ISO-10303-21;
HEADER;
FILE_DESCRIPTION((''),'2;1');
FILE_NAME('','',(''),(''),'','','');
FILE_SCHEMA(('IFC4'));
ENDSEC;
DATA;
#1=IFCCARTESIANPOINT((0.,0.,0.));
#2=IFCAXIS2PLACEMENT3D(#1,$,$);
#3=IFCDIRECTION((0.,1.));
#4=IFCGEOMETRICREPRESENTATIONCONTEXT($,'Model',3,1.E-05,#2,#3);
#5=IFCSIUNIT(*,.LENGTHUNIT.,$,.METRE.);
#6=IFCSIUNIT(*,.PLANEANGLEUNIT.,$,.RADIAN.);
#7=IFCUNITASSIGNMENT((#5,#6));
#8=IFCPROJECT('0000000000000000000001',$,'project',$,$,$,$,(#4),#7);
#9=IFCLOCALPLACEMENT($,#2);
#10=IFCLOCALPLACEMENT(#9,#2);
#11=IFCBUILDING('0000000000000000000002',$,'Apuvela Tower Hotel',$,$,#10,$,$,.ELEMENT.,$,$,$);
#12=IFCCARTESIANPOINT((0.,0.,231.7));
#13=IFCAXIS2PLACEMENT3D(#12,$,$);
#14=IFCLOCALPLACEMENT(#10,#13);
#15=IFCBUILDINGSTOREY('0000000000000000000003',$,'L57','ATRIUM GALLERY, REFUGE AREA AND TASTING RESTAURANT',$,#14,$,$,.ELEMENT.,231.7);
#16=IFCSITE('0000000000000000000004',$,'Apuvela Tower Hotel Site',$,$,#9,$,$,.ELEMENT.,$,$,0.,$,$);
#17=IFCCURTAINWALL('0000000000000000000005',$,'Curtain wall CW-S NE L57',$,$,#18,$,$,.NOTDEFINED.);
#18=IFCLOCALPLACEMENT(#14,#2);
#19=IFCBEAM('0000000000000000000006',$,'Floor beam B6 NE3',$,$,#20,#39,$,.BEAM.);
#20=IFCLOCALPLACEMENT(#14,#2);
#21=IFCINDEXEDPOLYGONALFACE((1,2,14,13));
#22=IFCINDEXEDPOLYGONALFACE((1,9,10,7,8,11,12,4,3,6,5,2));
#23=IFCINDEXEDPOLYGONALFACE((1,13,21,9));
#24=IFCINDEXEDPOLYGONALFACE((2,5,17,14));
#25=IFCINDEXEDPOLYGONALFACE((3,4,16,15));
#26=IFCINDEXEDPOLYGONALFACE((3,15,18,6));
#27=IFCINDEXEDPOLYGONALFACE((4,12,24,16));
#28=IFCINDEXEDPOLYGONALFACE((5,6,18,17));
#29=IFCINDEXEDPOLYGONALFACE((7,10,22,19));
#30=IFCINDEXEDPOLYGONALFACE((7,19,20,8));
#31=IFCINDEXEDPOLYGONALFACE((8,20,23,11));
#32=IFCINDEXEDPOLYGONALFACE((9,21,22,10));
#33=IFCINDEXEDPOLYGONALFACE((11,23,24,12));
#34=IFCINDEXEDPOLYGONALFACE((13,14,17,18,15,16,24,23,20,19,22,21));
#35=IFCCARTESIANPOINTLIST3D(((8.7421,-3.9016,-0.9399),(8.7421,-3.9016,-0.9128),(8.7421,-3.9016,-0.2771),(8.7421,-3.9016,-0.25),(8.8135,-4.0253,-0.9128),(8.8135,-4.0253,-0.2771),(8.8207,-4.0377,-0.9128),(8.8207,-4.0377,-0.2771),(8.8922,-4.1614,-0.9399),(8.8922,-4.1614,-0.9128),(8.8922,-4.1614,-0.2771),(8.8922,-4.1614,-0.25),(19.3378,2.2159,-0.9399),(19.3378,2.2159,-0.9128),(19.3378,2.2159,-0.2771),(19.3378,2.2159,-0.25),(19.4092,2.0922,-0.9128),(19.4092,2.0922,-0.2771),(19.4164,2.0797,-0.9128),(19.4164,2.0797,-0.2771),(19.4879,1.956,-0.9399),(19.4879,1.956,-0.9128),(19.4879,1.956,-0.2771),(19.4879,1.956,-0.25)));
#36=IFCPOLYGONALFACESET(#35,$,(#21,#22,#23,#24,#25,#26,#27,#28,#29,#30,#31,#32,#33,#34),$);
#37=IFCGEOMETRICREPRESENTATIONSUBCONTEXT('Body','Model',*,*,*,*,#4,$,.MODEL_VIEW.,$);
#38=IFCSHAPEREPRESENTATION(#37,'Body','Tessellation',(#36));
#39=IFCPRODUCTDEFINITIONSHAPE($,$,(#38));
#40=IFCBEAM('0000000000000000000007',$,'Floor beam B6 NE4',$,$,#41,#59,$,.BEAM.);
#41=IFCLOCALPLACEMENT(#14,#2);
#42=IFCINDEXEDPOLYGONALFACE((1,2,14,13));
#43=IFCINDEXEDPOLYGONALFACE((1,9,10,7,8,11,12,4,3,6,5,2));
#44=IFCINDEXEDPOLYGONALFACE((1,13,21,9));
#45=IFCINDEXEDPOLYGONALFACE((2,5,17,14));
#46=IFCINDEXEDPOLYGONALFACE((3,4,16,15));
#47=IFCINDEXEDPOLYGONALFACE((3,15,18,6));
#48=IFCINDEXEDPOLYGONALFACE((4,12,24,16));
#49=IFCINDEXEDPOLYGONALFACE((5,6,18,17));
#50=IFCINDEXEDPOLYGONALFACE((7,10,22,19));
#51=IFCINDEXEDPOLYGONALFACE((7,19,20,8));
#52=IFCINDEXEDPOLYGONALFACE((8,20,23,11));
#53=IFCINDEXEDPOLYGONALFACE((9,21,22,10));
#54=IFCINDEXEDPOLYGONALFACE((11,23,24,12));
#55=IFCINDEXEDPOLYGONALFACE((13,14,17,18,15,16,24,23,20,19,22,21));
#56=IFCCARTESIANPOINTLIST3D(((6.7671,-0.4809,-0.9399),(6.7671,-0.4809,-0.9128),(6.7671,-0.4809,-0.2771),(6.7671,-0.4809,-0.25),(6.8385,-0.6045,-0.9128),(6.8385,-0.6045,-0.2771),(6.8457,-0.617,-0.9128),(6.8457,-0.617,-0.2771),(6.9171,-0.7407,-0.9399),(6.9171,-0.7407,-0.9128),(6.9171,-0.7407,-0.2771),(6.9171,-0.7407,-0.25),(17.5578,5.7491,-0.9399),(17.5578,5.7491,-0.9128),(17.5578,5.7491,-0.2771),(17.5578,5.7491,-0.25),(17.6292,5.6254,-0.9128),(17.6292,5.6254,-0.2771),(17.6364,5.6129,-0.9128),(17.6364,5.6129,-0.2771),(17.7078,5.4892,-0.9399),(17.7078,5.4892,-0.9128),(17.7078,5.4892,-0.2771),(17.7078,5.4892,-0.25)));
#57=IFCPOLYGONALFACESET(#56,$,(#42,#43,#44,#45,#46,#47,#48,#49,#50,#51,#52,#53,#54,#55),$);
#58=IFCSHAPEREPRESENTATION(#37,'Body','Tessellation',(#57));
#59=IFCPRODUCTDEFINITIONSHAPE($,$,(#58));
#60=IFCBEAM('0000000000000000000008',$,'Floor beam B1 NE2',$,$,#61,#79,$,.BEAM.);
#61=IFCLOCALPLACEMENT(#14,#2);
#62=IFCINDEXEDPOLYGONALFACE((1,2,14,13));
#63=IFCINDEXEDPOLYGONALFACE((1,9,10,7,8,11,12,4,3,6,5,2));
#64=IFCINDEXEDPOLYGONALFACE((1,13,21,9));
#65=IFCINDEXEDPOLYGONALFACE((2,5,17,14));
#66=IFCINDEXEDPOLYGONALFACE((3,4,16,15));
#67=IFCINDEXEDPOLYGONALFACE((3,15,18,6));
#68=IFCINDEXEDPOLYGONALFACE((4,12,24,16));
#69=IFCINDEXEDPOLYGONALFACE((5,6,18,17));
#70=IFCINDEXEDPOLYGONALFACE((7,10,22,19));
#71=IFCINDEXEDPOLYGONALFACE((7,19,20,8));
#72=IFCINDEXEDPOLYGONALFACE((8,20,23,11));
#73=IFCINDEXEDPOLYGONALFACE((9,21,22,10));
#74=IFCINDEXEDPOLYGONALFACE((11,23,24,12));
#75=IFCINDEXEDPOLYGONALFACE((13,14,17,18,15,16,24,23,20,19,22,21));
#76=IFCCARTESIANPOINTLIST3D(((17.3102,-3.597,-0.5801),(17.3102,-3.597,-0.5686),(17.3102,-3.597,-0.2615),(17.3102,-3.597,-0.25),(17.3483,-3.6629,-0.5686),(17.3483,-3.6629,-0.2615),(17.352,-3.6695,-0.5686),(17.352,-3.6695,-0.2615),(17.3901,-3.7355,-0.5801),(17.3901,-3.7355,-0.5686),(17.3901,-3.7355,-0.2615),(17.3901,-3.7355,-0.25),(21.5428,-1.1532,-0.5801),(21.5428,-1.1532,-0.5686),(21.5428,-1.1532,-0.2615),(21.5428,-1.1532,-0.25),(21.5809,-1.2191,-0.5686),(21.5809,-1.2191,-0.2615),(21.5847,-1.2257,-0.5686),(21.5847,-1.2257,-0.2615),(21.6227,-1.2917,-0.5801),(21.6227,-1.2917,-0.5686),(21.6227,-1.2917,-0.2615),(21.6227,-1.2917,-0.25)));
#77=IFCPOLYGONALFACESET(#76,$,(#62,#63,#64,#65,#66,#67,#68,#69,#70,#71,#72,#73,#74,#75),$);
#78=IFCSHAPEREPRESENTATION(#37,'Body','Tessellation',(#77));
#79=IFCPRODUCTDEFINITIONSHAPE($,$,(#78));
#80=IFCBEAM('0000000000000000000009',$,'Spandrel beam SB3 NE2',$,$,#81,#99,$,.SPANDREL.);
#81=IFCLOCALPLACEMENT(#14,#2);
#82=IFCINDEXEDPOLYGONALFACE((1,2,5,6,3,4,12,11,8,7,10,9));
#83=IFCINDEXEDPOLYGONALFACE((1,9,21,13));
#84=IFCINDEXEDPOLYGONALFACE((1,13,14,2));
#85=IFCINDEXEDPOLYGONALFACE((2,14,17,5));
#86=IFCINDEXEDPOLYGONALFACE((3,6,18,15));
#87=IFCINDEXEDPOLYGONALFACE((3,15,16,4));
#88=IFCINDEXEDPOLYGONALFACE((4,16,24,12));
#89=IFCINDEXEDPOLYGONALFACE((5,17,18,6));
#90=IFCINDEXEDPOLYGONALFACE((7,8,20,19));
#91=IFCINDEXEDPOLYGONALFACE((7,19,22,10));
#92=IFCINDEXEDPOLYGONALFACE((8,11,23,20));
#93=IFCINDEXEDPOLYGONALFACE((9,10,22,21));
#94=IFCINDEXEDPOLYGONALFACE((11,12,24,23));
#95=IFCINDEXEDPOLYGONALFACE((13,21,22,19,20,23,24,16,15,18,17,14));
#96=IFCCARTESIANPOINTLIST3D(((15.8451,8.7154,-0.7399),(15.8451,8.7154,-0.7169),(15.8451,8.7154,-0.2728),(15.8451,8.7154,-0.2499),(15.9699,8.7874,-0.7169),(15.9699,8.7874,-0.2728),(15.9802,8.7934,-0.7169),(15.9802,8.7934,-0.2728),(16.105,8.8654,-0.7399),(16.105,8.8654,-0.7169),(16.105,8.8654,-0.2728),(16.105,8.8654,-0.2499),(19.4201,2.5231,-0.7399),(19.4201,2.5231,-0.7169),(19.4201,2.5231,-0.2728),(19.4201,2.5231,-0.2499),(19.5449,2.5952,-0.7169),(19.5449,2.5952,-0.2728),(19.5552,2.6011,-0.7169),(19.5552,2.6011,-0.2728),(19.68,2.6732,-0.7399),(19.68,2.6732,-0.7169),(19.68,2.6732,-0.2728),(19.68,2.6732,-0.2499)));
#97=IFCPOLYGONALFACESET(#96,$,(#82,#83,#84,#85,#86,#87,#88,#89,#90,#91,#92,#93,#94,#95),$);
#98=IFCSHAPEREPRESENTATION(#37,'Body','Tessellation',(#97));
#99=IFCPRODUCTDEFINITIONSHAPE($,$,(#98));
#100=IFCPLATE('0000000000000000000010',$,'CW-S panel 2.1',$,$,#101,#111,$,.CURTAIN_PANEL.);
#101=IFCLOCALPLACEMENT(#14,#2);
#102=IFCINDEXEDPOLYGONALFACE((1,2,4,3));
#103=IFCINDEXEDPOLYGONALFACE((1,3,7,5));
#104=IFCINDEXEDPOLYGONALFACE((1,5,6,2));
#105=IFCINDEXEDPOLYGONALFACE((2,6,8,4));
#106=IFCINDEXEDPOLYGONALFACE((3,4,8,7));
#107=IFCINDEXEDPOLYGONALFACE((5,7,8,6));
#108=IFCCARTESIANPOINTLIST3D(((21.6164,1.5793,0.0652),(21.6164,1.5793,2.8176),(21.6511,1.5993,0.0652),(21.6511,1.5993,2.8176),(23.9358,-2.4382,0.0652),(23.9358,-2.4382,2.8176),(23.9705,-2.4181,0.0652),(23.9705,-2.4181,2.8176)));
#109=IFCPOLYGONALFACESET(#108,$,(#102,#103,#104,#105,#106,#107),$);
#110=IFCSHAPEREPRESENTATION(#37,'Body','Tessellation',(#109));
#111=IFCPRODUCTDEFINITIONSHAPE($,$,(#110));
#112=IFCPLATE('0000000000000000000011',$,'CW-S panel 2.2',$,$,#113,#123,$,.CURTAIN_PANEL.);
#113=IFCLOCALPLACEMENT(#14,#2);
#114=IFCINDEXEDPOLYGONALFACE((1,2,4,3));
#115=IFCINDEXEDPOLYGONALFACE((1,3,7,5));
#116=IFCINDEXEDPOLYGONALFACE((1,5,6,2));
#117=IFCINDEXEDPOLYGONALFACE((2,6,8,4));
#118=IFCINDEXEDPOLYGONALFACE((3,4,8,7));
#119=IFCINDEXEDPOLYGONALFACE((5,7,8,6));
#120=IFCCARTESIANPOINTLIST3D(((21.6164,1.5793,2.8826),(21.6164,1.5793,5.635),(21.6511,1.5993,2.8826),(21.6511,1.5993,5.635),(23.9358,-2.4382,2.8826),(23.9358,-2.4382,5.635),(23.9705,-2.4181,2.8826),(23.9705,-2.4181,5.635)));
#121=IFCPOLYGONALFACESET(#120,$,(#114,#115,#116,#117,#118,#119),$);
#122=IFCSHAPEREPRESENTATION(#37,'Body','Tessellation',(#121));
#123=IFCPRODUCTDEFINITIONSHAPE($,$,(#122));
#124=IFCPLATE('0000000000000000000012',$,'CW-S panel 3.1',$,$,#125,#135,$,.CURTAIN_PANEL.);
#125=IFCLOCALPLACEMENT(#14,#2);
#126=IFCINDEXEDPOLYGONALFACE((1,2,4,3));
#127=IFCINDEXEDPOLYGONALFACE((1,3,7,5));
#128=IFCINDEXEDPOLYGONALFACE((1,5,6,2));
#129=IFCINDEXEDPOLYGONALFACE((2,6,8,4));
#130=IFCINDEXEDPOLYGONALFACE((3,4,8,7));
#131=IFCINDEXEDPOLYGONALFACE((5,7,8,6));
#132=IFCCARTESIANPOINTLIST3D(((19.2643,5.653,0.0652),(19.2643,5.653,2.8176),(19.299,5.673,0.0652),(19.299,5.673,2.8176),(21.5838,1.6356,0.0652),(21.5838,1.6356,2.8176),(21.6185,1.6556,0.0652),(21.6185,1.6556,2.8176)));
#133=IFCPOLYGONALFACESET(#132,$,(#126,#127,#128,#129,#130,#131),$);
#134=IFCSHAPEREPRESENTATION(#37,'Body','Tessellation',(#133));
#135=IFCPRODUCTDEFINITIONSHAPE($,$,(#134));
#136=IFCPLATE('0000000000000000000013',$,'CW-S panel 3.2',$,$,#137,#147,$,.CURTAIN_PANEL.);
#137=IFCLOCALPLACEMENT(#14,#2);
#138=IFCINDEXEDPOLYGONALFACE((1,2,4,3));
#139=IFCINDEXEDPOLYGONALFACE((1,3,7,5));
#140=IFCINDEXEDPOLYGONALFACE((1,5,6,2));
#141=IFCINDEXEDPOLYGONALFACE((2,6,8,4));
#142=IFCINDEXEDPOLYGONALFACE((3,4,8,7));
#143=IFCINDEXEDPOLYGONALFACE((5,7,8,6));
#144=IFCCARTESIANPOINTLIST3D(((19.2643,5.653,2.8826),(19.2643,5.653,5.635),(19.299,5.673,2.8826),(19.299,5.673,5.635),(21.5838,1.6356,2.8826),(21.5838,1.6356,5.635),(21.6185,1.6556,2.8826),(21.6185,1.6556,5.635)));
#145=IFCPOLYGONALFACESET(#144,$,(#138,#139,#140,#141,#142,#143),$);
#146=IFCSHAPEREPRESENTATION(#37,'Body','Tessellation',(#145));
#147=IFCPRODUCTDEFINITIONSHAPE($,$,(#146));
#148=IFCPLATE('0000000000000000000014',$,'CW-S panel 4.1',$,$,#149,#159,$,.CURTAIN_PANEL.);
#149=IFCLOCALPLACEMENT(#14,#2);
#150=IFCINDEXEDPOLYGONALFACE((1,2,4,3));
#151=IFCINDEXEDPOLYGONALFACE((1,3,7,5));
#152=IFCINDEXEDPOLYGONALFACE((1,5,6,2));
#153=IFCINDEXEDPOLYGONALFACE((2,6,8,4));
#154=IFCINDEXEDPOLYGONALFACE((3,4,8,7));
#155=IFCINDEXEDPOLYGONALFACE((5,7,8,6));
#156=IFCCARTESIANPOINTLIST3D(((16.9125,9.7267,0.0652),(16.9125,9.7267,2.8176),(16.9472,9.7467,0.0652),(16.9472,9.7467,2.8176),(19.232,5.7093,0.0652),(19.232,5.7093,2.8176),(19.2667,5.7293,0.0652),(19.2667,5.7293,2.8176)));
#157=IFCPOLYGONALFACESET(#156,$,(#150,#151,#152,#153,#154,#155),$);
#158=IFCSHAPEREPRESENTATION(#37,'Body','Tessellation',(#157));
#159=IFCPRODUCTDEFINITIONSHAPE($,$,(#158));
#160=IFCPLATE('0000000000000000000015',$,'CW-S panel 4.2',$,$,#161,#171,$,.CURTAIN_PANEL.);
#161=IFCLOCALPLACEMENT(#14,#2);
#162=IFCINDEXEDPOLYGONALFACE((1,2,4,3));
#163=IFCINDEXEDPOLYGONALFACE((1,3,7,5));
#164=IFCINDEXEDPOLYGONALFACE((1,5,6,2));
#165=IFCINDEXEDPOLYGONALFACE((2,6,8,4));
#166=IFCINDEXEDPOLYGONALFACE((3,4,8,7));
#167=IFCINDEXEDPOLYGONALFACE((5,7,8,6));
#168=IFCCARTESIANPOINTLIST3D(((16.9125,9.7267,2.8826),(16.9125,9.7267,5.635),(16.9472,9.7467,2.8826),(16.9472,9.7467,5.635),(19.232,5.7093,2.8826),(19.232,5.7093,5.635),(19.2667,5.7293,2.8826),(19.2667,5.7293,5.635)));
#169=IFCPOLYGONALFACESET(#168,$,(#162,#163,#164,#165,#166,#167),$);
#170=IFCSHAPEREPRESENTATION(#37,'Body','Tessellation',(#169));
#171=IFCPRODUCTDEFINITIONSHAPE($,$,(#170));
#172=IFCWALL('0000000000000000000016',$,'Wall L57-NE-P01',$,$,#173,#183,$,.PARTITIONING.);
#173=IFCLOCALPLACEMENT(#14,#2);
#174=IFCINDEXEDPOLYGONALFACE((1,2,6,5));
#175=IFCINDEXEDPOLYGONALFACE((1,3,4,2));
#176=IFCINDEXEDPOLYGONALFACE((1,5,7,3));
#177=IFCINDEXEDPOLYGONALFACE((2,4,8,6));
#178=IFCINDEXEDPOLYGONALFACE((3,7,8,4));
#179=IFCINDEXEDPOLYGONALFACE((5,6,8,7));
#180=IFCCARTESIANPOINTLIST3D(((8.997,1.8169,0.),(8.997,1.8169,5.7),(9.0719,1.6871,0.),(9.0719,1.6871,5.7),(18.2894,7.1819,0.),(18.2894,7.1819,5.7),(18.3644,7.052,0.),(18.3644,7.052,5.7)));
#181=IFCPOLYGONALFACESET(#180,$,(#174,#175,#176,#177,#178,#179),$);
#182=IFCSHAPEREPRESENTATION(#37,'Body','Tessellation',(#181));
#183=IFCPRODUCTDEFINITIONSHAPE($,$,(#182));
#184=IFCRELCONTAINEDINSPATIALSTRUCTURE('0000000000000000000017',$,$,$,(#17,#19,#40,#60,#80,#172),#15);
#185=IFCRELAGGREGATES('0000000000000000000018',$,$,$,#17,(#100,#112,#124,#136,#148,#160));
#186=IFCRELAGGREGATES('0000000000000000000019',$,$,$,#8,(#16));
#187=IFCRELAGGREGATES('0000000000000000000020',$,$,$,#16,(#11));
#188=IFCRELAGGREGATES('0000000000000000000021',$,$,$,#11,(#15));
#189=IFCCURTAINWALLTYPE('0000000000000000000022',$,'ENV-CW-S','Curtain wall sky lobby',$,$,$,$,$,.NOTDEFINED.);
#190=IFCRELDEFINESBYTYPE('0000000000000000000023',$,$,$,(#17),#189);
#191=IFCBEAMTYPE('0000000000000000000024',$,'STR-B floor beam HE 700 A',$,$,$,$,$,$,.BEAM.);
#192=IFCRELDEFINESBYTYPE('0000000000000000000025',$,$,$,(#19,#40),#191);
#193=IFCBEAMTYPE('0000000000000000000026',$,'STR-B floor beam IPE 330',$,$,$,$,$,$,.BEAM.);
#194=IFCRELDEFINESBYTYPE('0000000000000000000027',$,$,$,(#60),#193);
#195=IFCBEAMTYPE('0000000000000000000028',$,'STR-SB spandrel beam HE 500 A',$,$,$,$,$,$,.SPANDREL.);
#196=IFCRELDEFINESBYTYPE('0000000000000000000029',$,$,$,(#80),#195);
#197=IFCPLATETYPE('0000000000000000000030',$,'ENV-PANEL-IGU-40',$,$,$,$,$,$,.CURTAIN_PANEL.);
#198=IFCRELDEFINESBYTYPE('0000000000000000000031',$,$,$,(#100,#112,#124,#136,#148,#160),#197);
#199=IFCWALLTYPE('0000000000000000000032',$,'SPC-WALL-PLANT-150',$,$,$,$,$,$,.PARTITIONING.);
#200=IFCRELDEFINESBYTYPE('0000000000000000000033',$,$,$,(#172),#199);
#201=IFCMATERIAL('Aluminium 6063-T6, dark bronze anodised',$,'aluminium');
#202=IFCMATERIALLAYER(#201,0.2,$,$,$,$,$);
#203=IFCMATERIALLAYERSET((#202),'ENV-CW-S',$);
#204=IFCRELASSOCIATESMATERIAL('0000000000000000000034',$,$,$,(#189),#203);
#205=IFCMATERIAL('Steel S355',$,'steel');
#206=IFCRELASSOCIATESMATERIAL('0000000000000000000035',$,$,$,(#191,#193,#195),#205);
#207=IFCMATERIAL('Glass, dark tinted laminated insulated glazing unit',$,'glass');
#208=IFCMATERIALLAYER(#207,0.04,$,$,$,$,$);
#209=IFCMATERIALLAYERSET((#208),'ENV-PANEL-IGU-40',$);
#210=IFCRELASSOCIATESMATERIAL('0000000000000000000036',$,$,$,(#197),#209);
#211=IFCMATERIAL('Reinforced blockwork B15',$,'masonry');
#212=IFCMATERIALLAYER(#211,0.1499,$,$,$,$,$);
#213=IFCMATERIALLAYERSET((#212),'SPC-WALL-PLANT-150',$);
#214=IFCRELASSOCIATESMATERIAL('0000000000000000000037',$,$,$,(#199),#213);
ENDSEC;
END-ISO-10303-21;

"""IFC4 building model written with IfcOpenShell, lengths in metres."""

from ifc_helpers import new_model, si_unit, direction, frame, frame_2d, origin, origin_2d, place, context, subcontext, project, spatial, rectangle, i_section, extrude, material, layer, layer_set, material_profile, profile_set, type_object, element, aggregate, save


model = new_model("IFC4")

# Units and contexts
model_context = context("Model", 3, precision=1e-05, world=origin(), true_north=direction((0.0, 1.0)))
body_context = subcontext(model_context, "Body", "Model", "MODEL_VIEW")
ifc_project = project(units=[si_unit("LENGTHUNIT", "METRE"), si_unit("PLANEANGLEUNIT", "RADIAN")], contexts=[model_context])

# Site, building, storey
site_placement = place(None, origin())
site = spatial("IfcSite", under=ifc_project, at=site_placement, Name="Apuvela Tower Hotel Site", CompositionType="ELEMENT", RefElevation=0.0)
building_placement = place(site_placement, origin())
building = spatial("IfcBuilding", under=site, at=building_placement, Name="Apuvela Tower Hotel", CompositionType="ELEMENT")
storey_placement = place(building_placement, frame((0.0, 0.0, 231.7)))
storey = spatial("IfcBuildingStorey", under=building, at=storey_placement, Name="L57", Description="ATRIUM GALLERY, REFUGE AREA AND TASTING RESTAURANT", CompositionType="ELEMENT", Elevation=231.7)

# Curtain wall
ifc_material_1 = material(Name="Aluminium 6063-T6, dark bronze anodised", Category="aluminium")
ifc_layer_1 = layer(ifc_material_1, 0.2)
ifc_layer_set_1 = layer_set([ifc_layer_1], Name="ENV-CW-S")
curtain_wall_type = type_object("IfcCurtainWallType", Name="ENV-CW-S", Description="Curtain wall sky lobby", PredefinedType="NOTDEFINED", material=ifc_layer_set_1)
curtain_wall_placement = place(storey_placement, origin())
curtain_wall = element("IfcCurtainWall", 1, at=curtain_wall_placement, inside=storey, type_object=curtain_wall_type, Name="Curtain wall CW-S NE L57", PredefinedType="NOTDEFINED")

# Beams
ifc_material_2 = material(Name="Steel S355", Category="steel")
ifc_material_profile_1 = material_profile(ifc_material_2, i_section(OverallWidth=0.3, OverallDepth=0.6899, WebThickness=0.0144, FlangeThickness=0.0271, at=origin_2d()), Name="HE 700 A")
ifc_profile_set_1 = profile_set([ifc_material_profile_1], Name="Steel S355")
beam_type_1 = type_object("IfcBeamType", Name="STR-B floor beam HE 700 A", PredefinedType="BEAM", material=ifc_profile_set_1)
beam_1_placement = place(storey_placement, frame((19.4128, 2.0859, -0.595), z_axis=(-0.866025, -0.5, 0.0), x_axis=(0.5, -0.866025, 0.0)))
element("IfcBeam", 2, at=beam_1_placement, inside=storey, type_object=beam_type_1, Name="Floor beam B6 NE3", PredefinedType="BEAM", context=body_context, shape_type="SweptSolid", body=[
    extrude(i_section(OverallWidth=0.3, OverallDepth=0.6899, WebThickness=0.0144, FlangeThickness=0.0271, at=origin_2d()), origin(), (0.0, 0.0, 1.0), 12.2349),
])
beam_2_placement = place(storey_placement, frame((17.6328, 5.6191, -0.595), z_axis=(-0.866028, -0.499996, 0.0), x_axis=(0.499996, -0.866028, 0.0)))
element("IfcBeam", 3, at=beam_2_placement, inside=storey, type_object=beam_type_1, Name="Floor beam B6 NE4", PredefinedType="BEAM", context=body_context, shape_type="SweptSolid", body=[
    extrude(i_section(OverallWidth=0.3, OverallDepth=0.6899, WebThickness=0.0144, FlangeThickness=0.0271, at=origin_2d()), origin(), (0.0, 0.0, 1.0), 12.46),
])
ifc_material_profile_2 = material_profile(ifc_material_2, i_section(OverallWidth=0.1599, OverallDepth=0.3301, WebThickness=0.0076, FlangeThickness=0.0115, at=origin_2d()), Name="IPE 330")
ifc_profile_set_2 = profile_set([ifc_material_profile_2], Name="Steel S355")
beam_type_2 = type_object("IfcBeamType", Name="STR-B floor beam IPE 330", PredefinedType="BEAM", material=ifc_profile_set_2)
beam_3_placement = place(storey_placement, frame((21.5828, -1.2224, -0.415), z_axis=(-0.866015, -0.500018, 0.0), x_axis=(0.500018, -0.866015, 0.0)))
element("IfcBeam", 4, at=beam_3_placement, inside=storey, type_object=beam_type_2, Name="Floor beam B1 NE2", PredefinedType="BEAM", context=body_context, shape_type="SweptSolid", body=[
    extrude(i_section(OverallWidth=0.1599, OverallDepth=0.3301, WebThickness=0.0076, FlangeThickness=0.0115, at=origin_2d()), origin(), (0.0, 0.0, 1.0), 4.8875),
])
ifc_material_profile_3 = material_profile(ifc_material_2, i_section(OverallWidth=0.3, OverallDepth=0.49, WebThickness=0.012, FlangeThickness=0.0229, at=origin_2d()), Name="HE 500 A")
ifc_profile_set_3 = profile_set([ifc_material_profile_3], Name="Steel S355")
beam_type_3 = type_object("IfcBeamType", Name="STR-SB spandrel beam HE 500 A", PredefinedType="SPANDREL", material=ifc_profile_set_3)
beam_4_placement = place(storey_placement, frame((19.55, 2.5981, -0.4949), z_axis=(-0.499991, 0.86603, 0.0), x_axis=(-0.86603, -0.499991, 0.0)))
element("IfcBeam", 5, at=beam_4_placement, inside=storey, type_object=beam_type_3, Name="Spandrel beam SB3 NE2", PredefinedType="SPANDREL", context=body_context, shape_type="SweptSolid", body=[
    extrude(i_section(OverallWidth=0.3, OverallDepth=0.49, WebThickness=0.012, FlangeThickness=0.0229, at=origin_2d()), origin(), (0.0, 0.0, 1.0), 7.1501),
])

# Plates
ifc_material_3 = material(Name="Glass, dark tinted laminated insulated glazing unit", Category="glass")
ifc_layer_2 = layer(ifc_material_3, 0.04)
ifc_layer_set_2 = layer_set([ifc_layer_2], Name="ENV-PANEL-IGU-40")
plate_type = type_object("IfcPlateType", Name="ENV-PANEL-IGU-40", PredefinedType="CURTAIN_PANEL", material=ifc_layer_set_2)
plate_1_placement = place(storey_placement, frame((22.7935, -0.4194, 0.0652), z_axis=(0.0, 0.0, 1.0), x_axis=(-0.499999, 0.866026, 0.0)))
plate_1 = element("IfcPlate", 6, at=plate_1_placement, type_object=plate_type, Name="CW-S panel 2.1", PredefinedType="CURTAIN_PANEL", context=body_context, shape_type="SweptSolid", body=[
    extrude(rectangle(XDim=4.6389, YDim=0.04, at=origin_2d()), origin(), (0.0, 0.0, 1.0), 2.7524),
])
plate_2_placement = place(storey_placement, frame((22.7935, -0.4194, 2.8826), z_axis=(0.0, 0.0, 1.0), x_axis=(-0.499999, 0.866026, 0.0)))
plate_2 = element("IfcPlate", 7, at=plate_2_placement, type_object=plate_type, Name="CW-S panel 2.2", PredefinedType="CURTAIN_PANEL", context=body_context, shape_type="SweptSolid", body=[
    extrude(rectangle(XDim=4.6389, YDim=0.04, at=origin_2d()), origin(), (0.0, 0.0, 1.0), 2.7524),
])
plate_3_placement = place(storey_placement, frame((20.4414, 3.6543, 0.0652), z_axis=(0.0, 0.0, 1.0), x_axis=(-0.499999, 0.866026, 0.0)))
plate_3 = element("IfcPlate", 8, at=plate_3_placement, type_object=plate_type, Name="CW-S panel 3.1", PredefinedType="CURTAIN_PANEL", context=body_context, shape_type="SweptSolid", body=[
    extrude(rectangle(XDim=4.6389, YDim=0.04, at=origin_2d()), origin(), (0.0, 0.0, 1.0), 2.7524),
])
plate_4_placement = place(storey_placement, frame((20.4414, 3.6543, 2.8826), z_axis=(0.0, 0.0, 1.0), x_axis=(-0.499999, 0.866026, 0.0)))
plate_4 = element("IfcPlate", 9, at=plate_4_placement, type_object=plate_type, Name="CW-S panel 3.2", PredefinedType="CURTAIN_PANEL", context=body_context, shape_type="SweptSolid", body=[
    extrude(rectangle(XDim=4.6389, YDim=0.04, at=origin_2d()), origin(), (0.0, 0.0, 1.0), 2.7524),
])
plate_5_placement = place(storey_placement, frame((18.0896, 7.728, 0.0652), z_axis=(0.0, 0.0, 1.0), x_axis=(-0.499999, 0.866026, 0.0)))
plate_5 = element("IfcPlate", 10, at=plate_5_placement, type_object=plate_type, Name="CW-S panel 4.1", PredefinedType="CURTAIN_PANEL", context=body_context, shape_type="SweptSolid", body=[
    extrude(rectangle(XDim=4.6389, YDim=0.04, at=origin_2d()), origin(), (0.0, 0.0, 1.0), 2.7524),
])
plate_6_placement = place(storey_placement, frame((18.0896, 7.728, 2.8826), z_axis=(0.0, 0.0, 1.0), x_axis=(-0.499999, 0.866026, 0.0)))
plate_6 = element("IfcPlate", 11, at=plate_6_placement, type_object=plate_type, Name="CW-S panel 4.2", PredefinedType="CURTAIN_PANEL", context=body_context, shape_type="SweptSolid", body=[
    extrude(rectangle(XDim=4.6389, YDim=0.04, at=origin_2d()), origin(), (0.0, 0.0, 1.0), 2.7524),
])
aggregate(curtain_wall, [plate_1, plate_2, plate_3, plate_4, plate_5, plate_6])

# Wall
ifc_material_4 = material(Name="Reinforced blockwork B15", Category="masonry")
ifc_layer_3 = layer(ifc_material_4, 0.1499)
ifc_layer_set_3 = layer_set([ifc_layer_3], Name="SPC-WALL-PLANT-150")
wall_type = type_object("IfcWallType", Name="SPC-WALL-PLANT-150", PredefinedType="PARTITIONING", material=ifc_layer_set_3)
wall_placement = place(storey_placement, frame((18.3269, 7.1169, 0.0), z_axis=(0.0, 0.0, 1.0), x_axis=(-0.866026, -0.499998, 0.0)))
element("IfcWall", 12, at=wall_placement, inside=storey, type_object=wall_type, Name="Wall L57-NE-P01", PredefinedType="PARTITIONING", context=body_context, shape_type="SweptSolid", body=[
    extrude(rectangle(XDim=10.73, YDim=0.1499, at=frame_2d((5.365, 0.0))), origin(), (0.0, 0.0, 1.0), 5.7),
])

save(model, "model.ifc")
